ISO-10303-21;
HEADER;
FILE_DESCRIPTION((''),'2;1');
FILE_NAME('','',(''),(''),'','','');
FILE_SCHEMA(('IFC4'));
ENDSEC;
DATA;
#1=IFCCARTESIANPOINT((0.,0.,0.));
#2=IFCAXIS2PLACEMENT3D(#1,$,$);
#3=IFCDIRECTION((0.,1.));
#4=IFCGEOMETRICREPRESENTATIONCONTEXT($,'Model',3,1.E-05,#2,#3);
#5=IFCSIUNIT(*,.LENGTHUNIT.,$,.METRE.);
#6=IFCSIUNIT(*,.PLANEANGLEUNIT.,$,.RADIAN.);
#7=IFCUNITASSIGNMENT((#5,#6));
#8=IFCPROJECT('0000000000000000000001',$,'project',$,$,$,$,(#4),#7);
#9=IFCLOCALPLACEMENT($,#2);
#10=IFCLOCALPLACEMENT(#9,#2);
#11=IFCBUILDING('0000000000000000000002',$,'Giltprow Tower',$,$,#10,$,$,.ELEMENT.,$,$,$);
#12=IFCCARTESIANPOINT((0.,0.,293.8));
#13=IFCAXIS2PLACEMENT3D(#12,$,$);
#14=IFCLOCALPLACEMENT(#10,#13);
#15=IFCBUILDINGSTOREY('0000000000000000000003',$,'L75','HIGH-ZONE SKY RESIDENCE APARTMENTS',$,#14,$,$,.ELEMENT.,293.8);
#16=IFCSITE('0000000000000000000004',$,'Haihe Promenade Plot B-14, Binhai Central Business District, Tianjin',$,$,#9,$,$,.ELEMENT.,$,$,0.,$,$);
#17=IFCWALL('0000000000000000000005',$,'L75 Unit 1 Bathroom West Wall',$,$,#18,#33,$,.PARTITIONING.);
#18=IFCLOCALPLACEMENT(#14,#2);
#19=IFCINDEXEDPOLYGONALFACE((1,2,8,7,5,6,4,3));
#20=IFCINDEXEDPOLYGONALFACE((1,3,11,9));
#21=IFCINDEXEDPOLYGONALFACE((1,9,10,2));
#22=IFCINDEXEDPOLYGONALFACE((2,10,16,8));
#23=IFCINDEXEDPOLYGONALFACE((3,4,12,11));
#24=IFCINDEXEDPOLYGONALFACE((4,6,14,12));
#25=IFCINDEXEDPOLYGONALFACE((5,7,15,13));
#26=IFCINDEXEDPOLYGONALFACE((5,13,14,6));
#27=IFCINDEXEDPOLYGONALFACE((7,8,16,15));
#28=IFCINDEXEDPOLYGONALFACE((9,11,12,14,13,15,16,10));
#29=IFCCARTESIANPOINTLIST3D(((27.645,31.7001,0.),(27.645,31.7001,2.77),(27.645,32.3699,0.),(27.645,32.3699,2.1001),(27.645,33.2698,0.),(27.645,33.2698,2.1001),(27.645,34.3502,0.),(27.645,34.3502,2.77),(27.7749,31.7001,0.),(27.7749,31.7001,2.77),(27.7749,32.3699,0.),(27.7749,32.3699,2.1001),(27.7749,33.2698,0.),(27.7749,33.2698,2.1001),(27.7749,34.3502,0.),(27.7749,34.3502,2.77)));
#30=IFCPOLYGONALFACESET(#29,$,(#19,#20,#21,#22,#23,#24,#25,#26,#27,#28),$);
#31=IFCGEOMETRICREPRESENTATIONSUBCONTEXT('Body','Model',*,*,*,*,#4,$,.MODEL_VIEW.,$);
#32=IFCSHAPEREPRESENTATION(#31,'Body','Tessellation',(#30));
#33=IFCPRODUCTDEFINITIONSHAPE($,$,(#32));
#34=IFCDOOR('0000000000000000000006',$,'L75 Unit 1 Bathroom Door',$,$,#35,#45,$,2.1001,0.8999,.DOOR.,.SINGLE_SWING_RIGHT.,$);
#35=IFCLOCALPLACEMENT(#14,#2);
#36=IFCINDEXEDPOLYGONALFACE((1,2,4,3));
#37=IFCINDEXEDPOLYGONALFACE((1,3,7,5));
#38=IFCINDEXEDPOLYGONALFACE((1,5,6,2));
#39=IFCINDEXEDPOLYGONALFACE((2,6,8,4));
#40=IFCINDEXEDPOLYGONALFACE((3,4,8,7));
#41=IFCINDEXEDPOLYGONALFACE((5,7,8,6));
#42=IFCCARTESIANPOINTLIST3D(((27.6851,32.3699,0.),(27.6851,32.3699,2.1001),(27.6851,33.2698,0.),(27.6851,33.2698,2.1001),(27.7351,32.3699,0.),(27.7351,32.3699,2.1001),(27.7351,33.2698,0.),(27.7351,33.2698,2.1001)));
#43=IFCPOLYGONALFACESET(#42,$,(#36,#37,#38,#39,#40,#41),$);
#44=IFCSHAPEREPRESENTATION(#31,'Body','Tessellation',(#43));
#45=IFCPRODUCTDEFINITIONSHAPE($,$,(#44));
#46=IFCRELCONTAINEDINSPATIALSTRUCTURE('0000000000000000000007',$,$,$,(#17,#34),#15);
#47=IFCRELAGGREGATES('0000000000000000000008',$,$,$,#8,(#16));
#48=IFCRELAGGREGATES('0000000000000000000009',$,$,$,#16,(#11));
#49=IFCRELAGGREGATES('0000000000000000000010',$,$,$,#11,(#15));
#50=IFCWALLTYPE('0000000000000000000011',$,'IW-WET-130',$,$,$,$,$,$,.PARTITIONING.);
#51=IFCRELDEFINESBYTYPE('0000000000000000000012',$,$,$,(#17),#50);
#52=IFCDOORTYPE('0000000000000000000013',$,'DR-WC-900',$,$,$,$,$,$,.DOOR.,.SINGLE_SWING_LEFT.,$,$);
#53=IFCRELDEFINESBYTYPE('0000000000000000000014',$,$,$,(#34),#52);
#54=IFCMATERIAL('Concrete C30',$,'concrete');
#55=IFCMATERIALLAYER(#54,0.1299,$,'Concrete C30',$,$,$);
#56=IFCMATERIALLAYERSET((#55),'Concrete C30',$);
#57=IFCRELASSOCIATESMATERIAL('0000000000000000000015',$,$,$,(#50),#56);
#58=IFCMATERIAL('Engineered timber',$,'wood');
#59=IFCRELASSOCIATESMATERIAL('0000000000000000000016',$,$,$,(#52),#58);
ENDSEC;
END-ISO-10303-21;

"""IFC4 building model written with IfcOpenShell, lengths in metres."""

from ifc_helpers import new_model, si_unit, direction, frame, frame_2d, origin, place, context, subcontext, project, spatial, rectangle, extrude, source, transform, mapped, material, layer, layer_set, type_object, element, fill, save


model = new_model("IFC4")

# Units and contexts
model_context = context("Model", 3, precision=1e-05, world=origin(), true_north=direction((0.0, 1.0)))
body_context = subcontext(model_context, "Body", "Model", "MODEL_VIEW")
ifc_project = project(units=[si_unit("LENGTHUNIT", "METRE"), si_unit("PLANEANGLEUNIT", "RADIAN")], contexts=[model_context])

# Site, building, storey
site_placement = place(None, origin())
site = spatial("IfcSite", under=ifc_project, at=site_placement, Name="Haihe Promenade Plot B-14, Binhai Central Business District, Tianjin", CompositionType="ELEMENT", RefElevation=0.0)
building_placement = place(site_placement, origin())
building = spatial("IfcBuilding", under=site, at=building_placement, Name="Giltprow Tower", CompositionType="ELEMENT")
storey_placement = place(building_placement, frame((0.0, 0.0, 293.8)))
storey = spatial("IfcBuildingStorey", under=building, at=storey_placement, Name="L75", Description="HIGH-ZONE SKY RESIDENCE APARTMENTS", CompositionType="ELEMENT", Elevation=293.8)

# Shared definitions
ifc_material_1 = material(Name="Engineered timber", Category="wood")
ifc_material_2 = material(Name="Concrete C30", Category="concrete")
ifc_layer_1 = layer(ifc_material_2, 0.1299, Name="Concrete C30")
ifc_layer_set_1 = layer_set([ifc_layer_1], Name="Concrete C30")
wall_type_1 = type_object("IfcWallType", Name="IW-WET-130", PredefinedType="PARTITIONING", material=ifc_layer_set_1)

# Wall, opening, door
wall_1_placement = place(storey_placement, frame((27.71, 31.7, 0.0), z_axis=(0.0, 0.0, 1.0), x_axis=(0.0, 1.0, 0.0)))
wall_1 = element("IfcWall", 1, at=wall_1_placement, inside=storey, type_object=wall_type_1, Name="L75 Unit 1 Bathroom West Wall", PredefinedType="PARTITIONING", context=body_context, shape_type="SweptSolid", body=[
    extrude(rectangle(XDim=2.6501, YDim=0.1299, at=frame_2d((1.3252, 0.0))), origin(), (0.0, 0.0, 1.0), 2.77),
])
opening_1_placement = place(wall_1_placement, frame((0.6699, 0.0, 0.0)))
opening_1 = element("IfcOpeningElement", 2, at=opening_1_placement, cuts=wall_1, PredefinedType="OPENING", context=body_context, shape_type="SweptSolid", body=[
    extrude(rectangle(XDim=0.8999, YDim=2.1001, at=frame_2d((0.45, 1.05))), frame((0.0, 0.075, 0.0), z_axis=(0.0, -1.0, 0.0), x_axis=(1.0, 0.0, 0.0)), (0.0, 0.0, 1.0), 0.1499),
])
door_type_1 = type_object("IfcDoorType", Name="DR-WC-900", OperationType="SINGLE_SWING_LEFT", PredefinedType="DOOR", material=ifc_material_1)
shared_shape_1 = source(origin(), body_context, "Body", "SweptSolid", [
    extrude(rectangle(XDim=0.8999, YDim=2.1001, at=frame_2d((0.45, 1.05))), frame((0.0, 0.0249, 0.0), z_axis=(0.0, -1.0, 0.0), x_axis=(1.0, 0.0, 0.0)), (0.0, 0.0, 1.0), 0.05),
])
door_1_placement = place(opening_1_placement, origin())
door_1 = element("IfcDoor", 3, at=door_1_placement, inside=storey, type_object=door_type_1, Name="L75 Unit 1 Bathroom Door", OperationType="SINGLE_SWING_RIGHT", OverallHeight=2.1001, OverallWidth=0.8999, PredefinedType="DOOR", context=body_context, shape_type="MappedRepresentation", body=[
    mapped(shared_shape_1, transform((0.0, 0.0, 0.0), x_axis=(1.0, 0.0, 0.0), y_axis=(0.0, 1.0, 0.0), z_axis=(0.0, 0.0, 1.0), scale=1.0)),
])
fill(opening_1, door_1)

save(model, "model.ifc")
